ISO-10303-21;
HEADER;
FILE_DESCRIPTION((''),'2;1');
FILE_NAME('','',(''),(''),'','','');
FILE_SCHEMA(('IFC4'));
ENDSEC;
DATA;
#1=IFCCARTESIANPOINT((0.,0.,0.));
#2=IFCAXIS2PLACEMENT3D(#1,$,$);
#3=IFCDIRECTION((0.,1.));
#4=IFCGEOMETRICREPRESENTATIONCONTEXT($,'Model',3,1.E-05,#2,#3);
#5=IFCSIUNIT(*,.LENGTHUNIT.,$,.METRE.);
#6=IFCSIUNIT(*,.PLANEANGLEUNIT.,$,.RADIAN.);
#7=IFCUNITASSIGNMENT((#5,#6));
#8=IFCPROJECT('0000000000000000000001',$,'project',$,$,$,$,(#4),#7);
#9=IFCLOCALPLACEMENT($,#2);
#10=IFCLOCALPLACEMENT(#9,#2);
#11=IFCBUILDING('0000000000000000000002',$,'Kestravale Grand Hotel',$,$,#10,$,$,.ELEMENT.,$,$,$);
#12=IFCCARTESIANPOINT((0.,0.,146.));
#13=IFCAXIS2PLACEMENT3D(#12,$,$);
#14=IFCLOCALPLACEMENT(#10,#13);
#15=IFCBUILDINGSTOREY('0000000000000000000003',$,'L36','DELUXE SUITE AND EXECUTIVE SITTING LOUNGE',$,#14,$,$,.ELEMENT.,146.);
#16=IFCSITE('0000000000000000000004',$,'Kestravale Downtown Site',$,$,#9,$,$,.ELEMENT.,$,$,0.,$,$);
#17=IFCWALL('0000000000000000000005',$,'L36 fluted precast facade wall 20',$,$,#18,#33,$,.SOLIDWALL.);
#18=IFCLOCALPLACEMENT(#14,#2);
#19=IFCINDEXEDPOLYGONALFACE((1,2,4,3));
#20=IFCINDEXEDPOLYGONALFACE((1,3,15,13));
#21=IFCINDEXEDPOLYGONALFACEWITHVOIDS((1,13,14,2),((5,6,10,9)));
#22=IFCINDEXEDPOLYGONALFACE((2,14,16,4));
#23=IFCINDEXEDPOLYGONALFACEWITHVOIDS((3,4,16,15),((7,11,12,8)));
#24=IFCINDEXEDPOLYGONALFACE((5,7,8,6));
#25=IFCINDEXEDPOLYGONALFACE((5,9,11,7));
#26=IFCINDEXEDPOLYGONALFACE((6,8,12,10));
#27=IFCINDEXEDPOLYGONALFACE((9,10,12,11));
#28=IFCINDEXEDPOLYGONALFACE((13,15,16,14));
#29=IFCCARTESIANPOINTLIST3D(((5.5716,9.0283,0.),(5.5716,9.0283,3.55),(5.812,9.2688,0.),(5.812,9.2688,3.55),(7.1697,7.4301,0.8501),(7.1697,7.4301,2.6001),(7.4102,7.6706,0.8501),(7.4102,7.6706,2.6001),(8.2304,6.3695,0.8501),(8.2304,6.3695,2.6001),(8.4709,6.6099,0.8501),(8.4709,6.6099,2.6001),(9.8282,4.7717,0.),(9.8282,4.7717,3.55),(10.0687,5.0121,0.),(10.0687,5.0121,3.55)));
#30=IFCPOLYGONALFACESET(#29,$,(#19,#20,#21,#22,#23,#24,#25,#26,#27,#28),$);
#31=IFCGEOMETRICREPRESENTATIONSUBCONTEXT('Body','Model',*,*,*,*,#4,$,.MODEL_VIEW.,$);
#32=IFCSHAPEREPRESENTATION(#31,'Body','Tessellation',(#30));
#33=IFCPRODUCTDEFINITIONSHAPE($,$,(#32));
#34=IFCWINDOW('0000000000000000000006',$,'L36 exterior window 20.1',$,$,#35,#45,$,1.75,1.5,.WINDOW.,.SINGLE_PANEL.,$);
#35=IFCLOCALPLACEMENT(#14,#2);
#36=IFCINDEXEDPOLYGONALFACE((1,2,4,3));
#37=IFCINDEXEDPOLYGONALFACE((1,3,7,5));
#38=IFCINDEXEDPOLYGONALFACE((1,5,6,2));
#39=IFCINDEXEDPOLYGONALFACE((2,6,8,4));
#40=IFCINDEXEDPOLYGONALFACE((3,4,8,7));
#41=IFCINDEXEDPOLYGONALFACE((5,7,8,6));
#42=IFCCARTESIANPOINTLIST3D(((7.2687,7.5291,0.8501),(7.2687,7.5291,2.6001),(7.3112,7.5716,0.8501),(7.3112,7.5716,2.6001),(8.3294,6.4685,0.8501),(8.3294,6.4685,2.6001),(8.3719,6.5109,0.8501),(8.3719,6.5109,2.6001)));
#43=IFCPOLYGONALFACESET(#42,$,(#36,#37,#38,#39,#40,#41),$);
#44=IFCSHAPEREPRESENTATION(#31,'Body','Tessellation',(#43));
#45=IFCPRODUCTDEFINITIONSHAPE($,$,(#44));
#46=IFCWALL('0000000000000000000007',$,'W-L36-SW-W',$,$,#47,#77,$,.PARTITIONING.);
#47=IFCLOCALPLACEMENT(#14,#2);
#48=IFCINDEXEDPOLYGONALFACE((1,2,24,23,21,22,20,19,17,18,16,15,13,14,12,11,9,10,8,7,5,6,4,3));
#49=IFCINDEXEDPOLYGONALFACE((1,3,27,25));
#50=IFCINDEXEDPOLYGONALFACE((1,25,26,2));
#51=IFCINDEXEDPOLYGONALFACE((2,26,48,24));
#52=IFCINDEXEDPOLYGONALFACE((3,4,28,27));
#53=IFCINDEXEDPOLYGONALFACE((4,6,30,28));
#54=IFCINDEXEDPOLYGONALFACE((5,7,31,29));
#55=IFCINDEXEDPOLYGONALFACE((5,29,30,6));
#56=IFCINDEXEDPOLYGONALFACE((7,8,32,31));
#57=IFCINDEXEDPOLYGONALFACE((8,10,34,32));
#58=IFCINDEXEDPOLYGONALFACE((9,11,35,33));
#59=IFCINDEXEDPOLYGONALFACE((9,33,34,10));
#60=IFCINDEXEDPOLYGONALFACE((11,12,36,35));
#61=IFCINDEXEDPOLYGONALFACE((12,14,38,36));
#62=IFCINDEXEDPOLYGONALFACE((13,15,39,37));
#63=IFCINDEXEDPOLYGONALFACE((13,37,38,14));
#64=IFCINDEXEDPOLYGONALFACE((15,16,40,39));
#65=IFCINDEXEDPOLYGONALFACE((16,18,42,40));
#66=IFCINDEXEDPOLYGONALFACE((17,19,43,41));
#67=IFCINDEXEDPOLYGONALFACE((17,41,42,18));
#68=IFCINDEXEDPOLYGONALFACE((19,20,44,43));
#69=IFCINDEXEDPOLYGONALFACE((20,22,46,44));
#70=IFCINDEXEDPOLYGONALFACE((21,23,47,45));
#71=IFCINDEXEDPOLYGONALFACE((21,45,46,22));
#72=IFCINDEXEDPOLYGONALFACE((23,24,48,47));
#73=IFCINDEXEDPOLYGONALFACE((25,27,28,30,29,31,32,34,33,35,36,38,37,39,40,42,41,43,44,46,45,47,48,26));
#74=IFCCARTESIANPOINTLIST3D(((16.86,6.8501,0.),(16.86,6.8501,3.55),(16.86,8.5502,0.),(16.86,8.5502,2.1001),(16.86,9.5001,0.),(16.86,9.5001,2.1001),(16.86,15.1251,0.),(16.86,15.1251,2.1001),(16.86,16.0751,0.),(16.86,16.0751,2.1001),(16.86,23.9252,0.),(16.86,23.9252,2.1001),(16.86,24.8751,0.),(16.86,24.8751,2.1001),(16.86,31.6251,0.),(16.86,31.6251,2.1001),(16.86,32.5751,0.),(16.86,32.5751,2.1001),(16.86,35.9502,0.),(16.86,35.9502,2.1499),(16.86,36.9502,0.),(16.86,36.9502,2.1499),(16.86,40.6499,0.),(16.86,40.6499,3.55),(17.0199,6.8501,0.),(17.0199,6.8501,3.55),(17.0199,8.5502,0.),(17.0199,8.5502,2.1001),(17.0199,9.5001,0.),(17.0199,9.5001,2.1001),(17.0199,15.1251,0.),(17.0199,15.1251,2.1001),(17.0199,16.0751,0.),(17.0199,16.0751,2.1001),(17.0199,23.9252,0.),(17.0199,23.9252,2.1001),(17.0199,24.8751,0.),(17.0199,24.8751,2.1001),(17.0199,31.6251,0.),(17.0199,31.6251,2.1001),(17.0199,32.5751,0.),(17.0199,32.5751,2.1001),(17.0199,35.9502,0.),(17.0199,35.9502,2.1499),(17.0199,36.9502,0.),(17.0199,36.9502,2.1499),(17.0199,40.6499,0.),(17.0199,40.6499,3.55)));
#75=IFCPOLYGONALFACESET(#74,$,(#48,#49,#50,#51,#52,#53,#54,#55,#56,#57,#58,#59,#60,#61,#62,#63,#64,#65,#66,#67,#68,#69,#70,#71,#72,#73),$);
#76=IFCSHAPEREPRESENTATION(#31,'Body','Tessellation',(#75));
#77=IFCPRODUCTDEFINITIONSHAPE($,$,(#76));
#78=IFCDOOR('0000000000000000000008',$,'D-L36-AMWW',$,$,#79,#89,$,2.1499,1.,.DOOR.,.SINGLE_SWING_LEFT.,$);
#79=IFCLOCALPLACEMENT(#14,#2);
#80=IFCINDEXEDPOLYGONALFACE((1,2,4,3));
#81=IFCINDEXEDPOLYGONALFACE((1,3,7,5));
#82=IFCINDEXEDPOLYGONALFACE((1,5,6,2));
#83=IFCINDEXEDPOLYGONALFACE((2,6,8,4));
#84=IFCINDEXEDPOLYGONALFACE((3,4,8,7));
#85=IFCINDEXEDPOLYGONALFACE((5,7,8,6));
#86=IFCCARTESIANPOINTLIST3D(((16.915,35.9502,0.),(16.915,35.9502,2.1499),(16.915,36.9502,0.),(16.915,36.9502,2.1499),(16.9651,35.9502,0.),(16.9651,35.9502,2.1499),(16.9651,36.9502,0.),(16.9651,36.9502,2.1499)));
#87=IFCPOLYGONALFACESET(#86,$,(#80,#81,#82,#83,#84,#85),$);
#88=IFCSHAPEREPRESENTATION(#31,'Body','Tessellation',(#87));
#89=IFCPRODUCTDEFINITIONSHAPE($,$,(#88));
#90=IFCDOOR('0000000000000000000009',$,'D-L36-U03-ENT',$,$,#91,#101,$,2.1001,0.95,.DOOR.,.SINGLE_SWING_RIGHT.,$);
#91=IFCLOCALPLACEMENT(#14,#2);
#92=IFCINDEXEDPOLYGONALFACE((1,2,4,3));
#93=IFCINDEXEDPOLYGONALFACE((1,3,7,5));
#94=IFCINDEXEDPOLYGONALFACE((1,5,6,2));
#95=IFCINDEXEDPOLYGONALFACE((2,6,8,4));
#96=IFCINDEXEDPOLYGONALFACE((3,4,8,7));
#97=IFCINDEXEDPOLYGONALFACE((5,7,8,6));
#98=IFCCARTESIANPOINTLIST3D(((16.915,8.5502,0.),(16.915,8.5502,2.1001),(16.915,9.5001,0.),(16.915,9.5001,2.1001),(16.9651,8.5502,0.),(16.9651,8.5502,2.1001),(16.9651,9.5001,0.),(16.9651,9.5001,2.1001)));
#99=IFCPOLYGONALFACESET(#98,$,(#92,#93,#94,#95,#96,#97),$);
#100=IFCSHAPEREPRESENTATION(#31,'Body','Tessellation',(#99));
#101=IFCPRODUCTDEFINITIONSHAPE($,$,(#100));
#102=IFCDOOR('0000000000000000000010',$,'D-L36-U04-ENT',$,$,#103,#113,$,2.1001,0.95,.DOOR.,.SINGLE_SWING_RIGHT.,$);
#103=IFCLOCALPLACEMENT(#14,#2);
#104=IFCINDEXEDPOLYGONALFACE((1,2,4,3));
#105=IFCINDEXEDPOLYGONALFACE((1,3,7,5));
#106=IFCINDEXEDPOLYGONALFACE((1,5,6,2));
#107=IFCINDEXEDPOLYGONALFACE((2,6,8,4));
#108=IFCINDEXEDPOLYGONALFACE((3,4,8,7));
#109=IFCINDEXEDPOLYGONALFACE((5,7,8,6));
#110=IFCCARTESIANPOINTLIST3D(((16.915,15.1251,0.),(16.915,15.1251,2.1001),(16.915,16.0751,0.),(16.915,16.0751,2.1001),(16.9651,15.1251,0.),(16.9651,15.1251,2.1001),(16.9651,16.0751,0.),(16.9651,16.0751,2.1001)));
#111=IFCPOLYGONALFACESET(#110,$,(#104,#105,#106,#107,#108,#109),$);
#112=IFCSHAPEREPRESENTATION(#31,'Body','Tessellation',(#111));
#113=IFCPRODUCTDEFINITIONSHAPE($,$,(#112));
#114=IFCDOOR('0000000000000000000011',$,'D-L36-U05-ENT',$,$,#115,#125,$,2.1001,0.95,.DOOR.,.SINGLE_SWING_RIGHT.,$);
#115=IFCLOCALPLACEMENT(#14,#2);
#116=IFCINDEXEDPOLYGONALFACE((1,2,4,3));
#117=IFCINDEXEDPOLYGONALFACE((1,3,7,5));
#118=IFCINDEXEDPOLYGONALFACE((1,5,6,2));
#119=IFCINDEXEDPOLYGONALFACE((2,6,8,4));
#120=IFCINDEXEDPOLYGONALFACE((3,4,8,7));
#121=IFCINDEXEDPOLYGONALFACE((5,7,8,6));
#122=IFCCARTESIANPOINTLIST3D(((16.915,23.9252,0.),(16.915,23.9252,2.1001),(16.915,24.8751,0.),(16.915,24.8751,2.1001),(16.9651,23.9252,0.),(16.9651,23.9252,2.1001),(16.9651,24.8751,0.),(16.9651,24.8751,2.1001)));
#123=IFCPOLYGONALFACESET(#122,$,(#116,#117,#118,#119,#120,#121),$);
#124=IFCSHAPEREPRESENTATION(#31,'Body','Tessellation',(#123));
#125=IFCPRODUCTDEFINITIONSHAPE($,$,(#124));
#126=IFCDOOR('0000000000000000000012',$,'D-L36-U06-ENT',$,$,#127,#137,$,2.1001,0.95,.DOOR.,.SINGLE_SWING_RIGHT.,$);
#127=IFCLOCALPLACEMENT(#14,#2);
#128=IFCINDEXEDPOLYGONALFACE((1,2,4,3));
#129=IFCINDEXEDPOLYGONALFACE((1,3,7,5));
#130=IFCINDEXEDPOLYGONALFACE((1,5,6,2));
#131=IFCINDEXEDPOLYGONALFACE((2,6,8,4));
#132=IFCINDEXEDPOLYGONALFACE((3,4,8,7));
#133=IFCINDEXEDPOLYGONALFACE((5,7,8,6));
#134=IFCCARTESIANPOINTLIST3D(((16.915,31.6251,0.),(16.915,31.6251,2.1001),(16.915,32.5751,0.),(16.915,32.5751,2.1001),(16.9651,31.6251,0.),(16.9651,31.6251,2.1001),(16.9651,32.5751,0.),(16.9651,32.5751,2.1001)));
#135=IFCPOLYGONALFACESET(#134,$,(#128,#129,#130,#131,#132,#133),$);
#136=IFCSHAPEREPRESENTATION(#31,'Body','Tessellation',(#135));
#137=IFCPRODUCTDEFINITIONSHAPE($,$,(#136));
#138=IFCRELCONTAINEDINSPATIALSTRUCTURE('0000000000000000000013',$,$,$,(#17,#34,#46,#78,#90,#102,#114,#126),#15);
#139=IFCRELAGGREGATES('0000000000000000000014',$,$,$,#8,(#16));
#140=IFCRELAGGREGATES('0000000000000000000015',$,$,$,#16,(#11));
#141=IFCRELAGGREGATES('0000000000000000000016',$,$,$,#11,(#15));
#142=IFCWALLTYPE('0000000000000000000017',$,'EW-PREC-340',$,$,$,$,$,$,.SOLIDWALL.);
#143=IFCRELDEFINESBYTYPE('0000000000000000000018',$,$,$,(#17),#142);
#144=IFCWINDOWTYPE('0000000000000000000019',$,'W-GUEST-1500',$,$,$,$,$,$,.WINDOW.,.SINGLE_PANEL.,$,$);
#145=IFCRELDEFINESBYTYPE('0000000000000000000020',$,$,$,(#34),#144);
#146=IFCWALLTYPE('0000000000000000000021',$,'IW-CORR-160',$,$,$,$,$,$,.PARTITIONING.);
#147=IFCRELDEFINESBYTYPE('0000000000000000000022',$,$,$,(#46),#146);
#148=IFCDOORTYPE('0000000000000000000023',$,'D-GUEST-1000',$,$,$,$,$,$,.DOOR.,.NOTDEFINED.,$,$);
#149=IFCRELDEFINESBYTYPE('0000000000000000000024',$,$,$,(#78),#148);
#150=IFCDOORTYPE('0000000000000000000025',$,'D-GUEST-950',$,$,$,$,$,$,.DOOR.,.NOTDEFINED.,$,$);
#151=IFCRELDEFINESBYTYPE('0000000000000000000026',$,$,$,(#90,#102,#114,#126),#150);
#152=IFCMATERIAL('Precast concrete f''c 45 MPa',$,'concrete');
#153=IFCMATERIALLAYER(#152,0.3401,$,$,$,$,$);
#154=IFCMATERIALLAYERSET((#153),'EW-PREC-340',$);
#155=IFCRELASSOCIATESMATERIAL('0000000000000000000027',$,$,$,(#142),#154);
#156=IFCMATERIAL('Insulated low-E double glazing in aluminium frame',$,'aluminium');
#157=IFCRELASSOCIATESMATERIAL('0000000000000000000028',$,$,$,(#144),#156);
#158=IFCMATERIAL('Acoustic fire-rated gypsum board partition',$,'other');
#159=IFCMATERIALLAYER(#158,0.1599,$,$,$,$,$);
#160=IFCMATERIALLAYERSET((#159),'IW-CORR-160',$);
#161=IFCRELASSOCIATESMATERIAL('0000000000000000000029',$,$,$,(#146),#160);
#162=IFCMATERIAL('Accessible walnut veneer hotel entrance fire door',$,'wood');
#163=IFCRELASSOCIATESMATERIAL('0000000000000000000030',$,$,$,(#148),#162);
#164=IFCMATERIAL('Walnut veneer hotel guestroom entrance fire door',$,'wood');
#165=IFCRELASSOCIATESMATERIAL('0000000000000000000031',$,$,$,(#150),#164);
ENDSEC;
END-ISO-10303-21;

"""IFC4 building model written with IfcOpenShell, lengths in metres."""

from ifc_helpers import new_model, si_unit, direction, frame, frame_2d, origin, place, context, subcontext, project, spatial, rectangle, extrude, material, layer, layer_set, type_object, element, fill, save


model = new_model("IFC4")

# Units and contexts
model_context = context("Model", 3, precision=1e-05, world=origin(), true_north=direction((0.0, 1.0)))
body_context = subcontext(model_context, "Body", "Model", "MODEL_VIEW")
ifc_project = project(units=[si_unit("LENGTHUNIT", "METRE"), si_unit("PLANEANGLEUNIT", "RADIAN")], contexts=[model_context])

# Site, building, storey
site_placement = place(None, origin())
site = spatial("IfcSite", under=ifc_project, at=site_placement, Name="Kestravale Downtown Site", CompositionType="ELEMENT", RefElevation=0.0)
building_placement = place(site_placement, origin())
building = spatial("IfcBuilding", under=site, at=building_placement, Name="Kestravale Grand Hotel", CompositionType="ELEMENT")
storey_placement = place(building_placement, frame((0.0, 0.0, 146.0)))
storey = spatial("IfcBuildingStorey", under=building, at=storey_placement, Name="L36", Description="DELUXE SUITE AND EXECUTIVE SITTING LOUNGE", CompositionType="ELEMENT", Elevation=146.0)

# Shared definitions
ifc_material_1 = material(Name="Precast concrete f'c 45 MPa", Category="concrete")
ifc_layer_1 = layer(ifc_material_1, 0.3401)
ifc_layer_set_1 = layer_set([ifc_layer_1], Name="EW-PREC-340")
wall_type_1 = type_object("IfcWallType", Name="EW-PREC-340", PredefinedType="SOLIDWALL", material=ifc_layer_set_1)
ifc_material_2 = material(Name="Insulated low-E double glazing in aluminium frame", Category="aluminium")
window_type = type_object("IfcWindowType", Name="W-GUEST-1500", PartitioningType="SINGLE_PANEL", PredefinedType="WINDOW", material=ifc_material_2)

# Wall, opening, window
wall_1_placement = place(storey_placement, frame((5.6919, 9.1484, 0.0), z_axis=(0.0, 0.0, 1.0), x_axis=(0.707107, -0.707107, 0.0)))
wall_1 = element("IfcWall", 1, at=wall_1_placement, inside=storey, type_object=wall_type_1, Name="L36 fluted precast facade wall 20", PredefinedType="SOLIDWALL", context=body_context, shape_type="SweptSolid", body=[
    extrude(rectangle(XDim=6.0198, YDim=0.3401, at=frame_2d((3.0098, 0.0))), origin(), (0.0, 0.0, 1.0), 3.55),
])
opening_1_placement = place(wall_1_placement, frame((2.26, 0.0, 0.8501)))
opening_1 = element("IfcOpeningElement", 2, at=opening_1_placement, cuts=wall_1, PredefinedType="OPENING", context=body_context, shape_type="SweptSolid", body=[
    extrude(rectangle(XDim=1.5, YDim=1.75, at=frame_2d((0.75, 0.875))), frame((0.0, 0.1799, 0.0), z_axis=(0.0, -1.0, 0.0), x_axis=(1.0, 0.0, 0.0)), (0.0, 0.0, 1.0), 0.3601),
])
window_1_placement = place(opening_1_placement, origin())
window_1 = element("IfcWindow", 3, at=window_1_placement, inside=storey, type_object=window_type, Name="L36 exterior window 20.1", OverallHeight=1.75, OverallWidth=1.5, PartitioningType="SINGLE_PANEL", PredefinedType="WINDOW", context=body_context, shape_type="SweptSolid", body=[
    extrude(rectangle(XDim=1.5, YDim=1.75, at=frame_2d((0.75, 0.875))), frame((0.0, 0.03, 0.0), z_axis=(0.0, -1.0, 0.0), x_axis=(1.0, 0.0, 0.0)), (0.0, 0.0, 1.0), 0.0601),
])
fill(opening_1, window_1)

# Wall, openings, doors
ifc_material_3 = material(Name="Acoustic fire-rated gypsum board partition", Category="other")
ifc_layer_2 = layer(ifc_material_3, 0.1599)
ifc_layer_set_2 = layer_set([ifc_layer_2], Name="IW-CORR-160")
wall_type_2 = type_object("IfcWallType", Name="IW-CORR-160", PredefinedType="PARTITIONING", material=ifc_layer_set_2)
wall_2_placement = place(storey_placement, frame((16.9399, 6.8501, 0.0), z_axis=(0.0, 0.0, 1.0), x_axis=(0.0, 1.0, 0.0)))
wall_2 = element("IfcWall", 4, at=wall_2_placement, inside=storey, type_object=wall_type_2, Name="W-L36-SW-W", PredefinedType="PARTITIONING", context=body_context, shape_type="SweptSolid", body=[
    extrude(rectangle(XDim=33.7998, YDim=0.1599, at=frame_2d((16.8999, 0.0))), origin(), (0.0, 0.0, 1.0), 3.55),
])
opening_2_placement = place(wall_2_placement, frame((1.7, 0.0, 0.0)))
opening_2 = element("IfcOpeningElement", 5, at=opening_2_placement, cuts=wall_2, PredefinedType="OPENING", context=body_context, shape_type="SweptSolid", body=[
    extrude(rectangle(XDim=0.95, YDim=2.1001, at=frame_2d((0.4751, 1.05))), frame((0.0, 0.0898, 0.0), z_axis=(0.0, -1.0, 0.0), x_axis=(1.0, 0.0, 0.0)), (0.0, 0.0, 1.0), 0.1799),
])
opening_3_placement = place(wall_2_placement, frame((8.2749, 0.0, 0.0)))
opening_3 = element("IfcOpeningElement", 6, at=opening_3_placement, cuts=wall_2, PredefinedType="OPENING", context=body_context, shape_type="SweptSolid", body=[
    extrude(rectangle(XDim=0.95, YDim=2.1001, at=frame_2d((0.4751, 1.05))), frame((0.0, 0.0898, 0.0), z_axis=(0.0, -1.0, 0.0), x_axis=(1.0, 0.0, 0.0)), (0.0, 0.0, 1.0), 0.1799),
])
opening_4_placement = place(wall_2_placement, frame((17.075, 0.0, 0.0)))
opening_4 = element("IfcOpeningElement", 7, at=opening_4_placement, cuts=wall_2, PredefinedType="OPENING", context=body_context, shape_type="SweptSolid", body=[
    extrude(rectangle(XDim=0.95, YDim=2.1001, at=frame_2d((0.4751, 1.05))), frame((0.0, 0.0898, 0.0), z_axis=(0.0, -1.0, 0.0), x_axis=(1.0, 0.0, 0.0)), (0.0, 0.0, 1.0), 0.1799),
])
opening_5_placement = place(wall_2_placement, frame((24.7749, 0.0, 0.0)))
opening_5 = element("IfcOpeningElement", 8, at=opening_5_placement, cuts=wall_2, PredefinedType="OPENING", context=body_context, shape_type="SweptSolid", body=[
    extrude(rectangle(XDim=0.95, YDim=2.1001, at=frame_2d((0.4751, 1.05))), frame((0.0, 0.0898, 0.0), z_axis=(0.0, -1.0, 0.0), x_axis=(1.0, 0.0, 0.0)), (0.0, 0.0, 1.0), 0.1799),
])
opening_6_placement = place(wall_2_placement, frame((29.1001, 0.0, 0.0)))
opening_6 = element("IfcOpeningElement", 9, at=opening_6_placement, cuts=wall_2, PredefinedType="OPENING", context=body_context, shape_type="SweptSolid", body=[
    extrude(rectangle(XDim=1.0, YDim=2.1499, at=frame_2d((0.5, 1.075))), frame((0.0, 0.0898, 0.0), z_axis=(0.0, -1.0, 0.0), x_axis=(1.0, 0.0, 0.0)), (0.0, 0.0, 1.0), 0.1799),
])
ifc_material_4 = material(Name="Accessible walnut veneer hotel entrance fire door", Category="wood")
door_type_1 = type_object("IfcDoorType", Name="D-GUEST-1000", OperationType="NOTDEFINED", PredefinedType="DOOR", material=ifc_material_4)
door_1_placement = place(opening_6_placement, origin())
door_1 = element("IfcDoor", 10, at=door_1_placement, inside=storey, type_object=door_type_1, Name="D-L36-AMWW", OperationType="SINGLE_SWING_LEFT", OverallHeight=2.1499, OverallWidth=1.0, PredefinedType="DOOR", context=body_context, shape_type="SweptSolid", body=[
    extrude(rectangle(XDim=1.0, YDim=2.1499, at=frame_2d((0.5, 1.075))), frame((0.0, 0.0249, 0.0), z_axis=(0.0, -1.0, 0.0), x_axis=(1.0, 0.0, 0.0)), (0.0, 0.0, 1.0), 0.05),
])
fill(opening_6, door_1)
ifc_material_5 = material(Name="Walnut veneer hotel guestroom entrance fire door", Category="wood")
door_type_2 = type_object("IfcDoorType", Name="D-GUEST-950", OperationType="NOTDEFINED", PredefinedType="DOOR", material=ifc_material_5)
door_2_placement = place(opening_2_placement, origin())
door_2 = element("IfcDoor", 11, at=door_2_placement, inside=storey, type_object=door_type_2, Name="D-L36-U03-ENT", OperationType="SINGLE_SWING_RIGHT", OverallHeight=2.1001, OverallWidth=0.95, PredefinedType="DOOR", context=body_context, shape_type="SweptSolid", body=[
    extrude(rectangle(XDim=0.95, YDim=2.1001, at=frame_2d((0.4751, 1.05))), frame((0.0, 0.0249, 0.0), z_axis=(0.0, -1.0, 0.0), x_axis=(1.0, 0.0, 0.0)), (0.0, 0.0, 1.0), 0.05),
])
fill(opening_2, door_2)
door_3_placement = place(opening_3_placement, origin())
door_3 = element("IfcDoor", 12, at=door_3_placement, inside=storey, type_object=door_type_2, Name="D-L36-U04-ENT", OperationType="SINGLE_SWING_RIGHT", OverallHeight=2.1001, OverallWidth=0.95, PredefinedType="DOOR", context=body_context, shape_type="SweptSolid", body=[
    extrude(rectangle(XDim=0.95, YDim=2.1001, at=frame_2d((0.4751, 1.05))), frame((0.0, 0.0249, 0.0), z_axis=(0.0, -1.0, 0.0), x_axis=(1.0, 0.0, 0.0)), (0.0, 0.0, 1.0), 0.05),
])
fill(opening_3, door_3)
door_4_placement = place(opening_4_placement, origin())
door_4 = element("IfcDoor", 13, at=door_4_placement, inside=storey, type_object=door_type_2, Name="D-L36-U05-ENT", OperationType="SINGLE_SWING_RIGHT", OverallHeight=2.1001, OverallWidth=0.95, PredefinedType="DOOR", context=body_context, shape_type="SweptSolid", body=[
    extrude(rectangle(XDim=0.95, YDim=2.1001, at=frame_2d((0.4751, 1.05))), frame((0.0, 0.0249, 0.0), z_axis=(0.0, -1.0, 0.0), x_axis=(1.0, 0.0, 0.0)), (0.0, 0.0, 1.0), 0.05),
])
fill(opening_4, door_4)
door_5_placement = place(opening_5_placement, origin())
door_5 = element("IfcDoor", 14, at=door_5_placement, inside=storey, type_object=door_type_2, Name="D-L36-U06-ENT", OperationType="SINGLE_SWING_RIGHT", OverallHeight=2.1001, OverallWidth=0.95, PredefinedType="DOOR", context=body_context, shape_type="SweptSolid", body=[
    extrude(rectangle(XDim=0.95, YDim=2.1001, at=frame_2d((0.4751, 1.05))), frame((0.0, 0.0249, 0.0), z_axis=(0.0, -1.0, 0.0), x_axis=(1.0, 0.0, 0.0)), (0.0, 0.0, 1.0), 0.05),
])
fill(opening_5, door_5)

save(model, "model.ifc")
